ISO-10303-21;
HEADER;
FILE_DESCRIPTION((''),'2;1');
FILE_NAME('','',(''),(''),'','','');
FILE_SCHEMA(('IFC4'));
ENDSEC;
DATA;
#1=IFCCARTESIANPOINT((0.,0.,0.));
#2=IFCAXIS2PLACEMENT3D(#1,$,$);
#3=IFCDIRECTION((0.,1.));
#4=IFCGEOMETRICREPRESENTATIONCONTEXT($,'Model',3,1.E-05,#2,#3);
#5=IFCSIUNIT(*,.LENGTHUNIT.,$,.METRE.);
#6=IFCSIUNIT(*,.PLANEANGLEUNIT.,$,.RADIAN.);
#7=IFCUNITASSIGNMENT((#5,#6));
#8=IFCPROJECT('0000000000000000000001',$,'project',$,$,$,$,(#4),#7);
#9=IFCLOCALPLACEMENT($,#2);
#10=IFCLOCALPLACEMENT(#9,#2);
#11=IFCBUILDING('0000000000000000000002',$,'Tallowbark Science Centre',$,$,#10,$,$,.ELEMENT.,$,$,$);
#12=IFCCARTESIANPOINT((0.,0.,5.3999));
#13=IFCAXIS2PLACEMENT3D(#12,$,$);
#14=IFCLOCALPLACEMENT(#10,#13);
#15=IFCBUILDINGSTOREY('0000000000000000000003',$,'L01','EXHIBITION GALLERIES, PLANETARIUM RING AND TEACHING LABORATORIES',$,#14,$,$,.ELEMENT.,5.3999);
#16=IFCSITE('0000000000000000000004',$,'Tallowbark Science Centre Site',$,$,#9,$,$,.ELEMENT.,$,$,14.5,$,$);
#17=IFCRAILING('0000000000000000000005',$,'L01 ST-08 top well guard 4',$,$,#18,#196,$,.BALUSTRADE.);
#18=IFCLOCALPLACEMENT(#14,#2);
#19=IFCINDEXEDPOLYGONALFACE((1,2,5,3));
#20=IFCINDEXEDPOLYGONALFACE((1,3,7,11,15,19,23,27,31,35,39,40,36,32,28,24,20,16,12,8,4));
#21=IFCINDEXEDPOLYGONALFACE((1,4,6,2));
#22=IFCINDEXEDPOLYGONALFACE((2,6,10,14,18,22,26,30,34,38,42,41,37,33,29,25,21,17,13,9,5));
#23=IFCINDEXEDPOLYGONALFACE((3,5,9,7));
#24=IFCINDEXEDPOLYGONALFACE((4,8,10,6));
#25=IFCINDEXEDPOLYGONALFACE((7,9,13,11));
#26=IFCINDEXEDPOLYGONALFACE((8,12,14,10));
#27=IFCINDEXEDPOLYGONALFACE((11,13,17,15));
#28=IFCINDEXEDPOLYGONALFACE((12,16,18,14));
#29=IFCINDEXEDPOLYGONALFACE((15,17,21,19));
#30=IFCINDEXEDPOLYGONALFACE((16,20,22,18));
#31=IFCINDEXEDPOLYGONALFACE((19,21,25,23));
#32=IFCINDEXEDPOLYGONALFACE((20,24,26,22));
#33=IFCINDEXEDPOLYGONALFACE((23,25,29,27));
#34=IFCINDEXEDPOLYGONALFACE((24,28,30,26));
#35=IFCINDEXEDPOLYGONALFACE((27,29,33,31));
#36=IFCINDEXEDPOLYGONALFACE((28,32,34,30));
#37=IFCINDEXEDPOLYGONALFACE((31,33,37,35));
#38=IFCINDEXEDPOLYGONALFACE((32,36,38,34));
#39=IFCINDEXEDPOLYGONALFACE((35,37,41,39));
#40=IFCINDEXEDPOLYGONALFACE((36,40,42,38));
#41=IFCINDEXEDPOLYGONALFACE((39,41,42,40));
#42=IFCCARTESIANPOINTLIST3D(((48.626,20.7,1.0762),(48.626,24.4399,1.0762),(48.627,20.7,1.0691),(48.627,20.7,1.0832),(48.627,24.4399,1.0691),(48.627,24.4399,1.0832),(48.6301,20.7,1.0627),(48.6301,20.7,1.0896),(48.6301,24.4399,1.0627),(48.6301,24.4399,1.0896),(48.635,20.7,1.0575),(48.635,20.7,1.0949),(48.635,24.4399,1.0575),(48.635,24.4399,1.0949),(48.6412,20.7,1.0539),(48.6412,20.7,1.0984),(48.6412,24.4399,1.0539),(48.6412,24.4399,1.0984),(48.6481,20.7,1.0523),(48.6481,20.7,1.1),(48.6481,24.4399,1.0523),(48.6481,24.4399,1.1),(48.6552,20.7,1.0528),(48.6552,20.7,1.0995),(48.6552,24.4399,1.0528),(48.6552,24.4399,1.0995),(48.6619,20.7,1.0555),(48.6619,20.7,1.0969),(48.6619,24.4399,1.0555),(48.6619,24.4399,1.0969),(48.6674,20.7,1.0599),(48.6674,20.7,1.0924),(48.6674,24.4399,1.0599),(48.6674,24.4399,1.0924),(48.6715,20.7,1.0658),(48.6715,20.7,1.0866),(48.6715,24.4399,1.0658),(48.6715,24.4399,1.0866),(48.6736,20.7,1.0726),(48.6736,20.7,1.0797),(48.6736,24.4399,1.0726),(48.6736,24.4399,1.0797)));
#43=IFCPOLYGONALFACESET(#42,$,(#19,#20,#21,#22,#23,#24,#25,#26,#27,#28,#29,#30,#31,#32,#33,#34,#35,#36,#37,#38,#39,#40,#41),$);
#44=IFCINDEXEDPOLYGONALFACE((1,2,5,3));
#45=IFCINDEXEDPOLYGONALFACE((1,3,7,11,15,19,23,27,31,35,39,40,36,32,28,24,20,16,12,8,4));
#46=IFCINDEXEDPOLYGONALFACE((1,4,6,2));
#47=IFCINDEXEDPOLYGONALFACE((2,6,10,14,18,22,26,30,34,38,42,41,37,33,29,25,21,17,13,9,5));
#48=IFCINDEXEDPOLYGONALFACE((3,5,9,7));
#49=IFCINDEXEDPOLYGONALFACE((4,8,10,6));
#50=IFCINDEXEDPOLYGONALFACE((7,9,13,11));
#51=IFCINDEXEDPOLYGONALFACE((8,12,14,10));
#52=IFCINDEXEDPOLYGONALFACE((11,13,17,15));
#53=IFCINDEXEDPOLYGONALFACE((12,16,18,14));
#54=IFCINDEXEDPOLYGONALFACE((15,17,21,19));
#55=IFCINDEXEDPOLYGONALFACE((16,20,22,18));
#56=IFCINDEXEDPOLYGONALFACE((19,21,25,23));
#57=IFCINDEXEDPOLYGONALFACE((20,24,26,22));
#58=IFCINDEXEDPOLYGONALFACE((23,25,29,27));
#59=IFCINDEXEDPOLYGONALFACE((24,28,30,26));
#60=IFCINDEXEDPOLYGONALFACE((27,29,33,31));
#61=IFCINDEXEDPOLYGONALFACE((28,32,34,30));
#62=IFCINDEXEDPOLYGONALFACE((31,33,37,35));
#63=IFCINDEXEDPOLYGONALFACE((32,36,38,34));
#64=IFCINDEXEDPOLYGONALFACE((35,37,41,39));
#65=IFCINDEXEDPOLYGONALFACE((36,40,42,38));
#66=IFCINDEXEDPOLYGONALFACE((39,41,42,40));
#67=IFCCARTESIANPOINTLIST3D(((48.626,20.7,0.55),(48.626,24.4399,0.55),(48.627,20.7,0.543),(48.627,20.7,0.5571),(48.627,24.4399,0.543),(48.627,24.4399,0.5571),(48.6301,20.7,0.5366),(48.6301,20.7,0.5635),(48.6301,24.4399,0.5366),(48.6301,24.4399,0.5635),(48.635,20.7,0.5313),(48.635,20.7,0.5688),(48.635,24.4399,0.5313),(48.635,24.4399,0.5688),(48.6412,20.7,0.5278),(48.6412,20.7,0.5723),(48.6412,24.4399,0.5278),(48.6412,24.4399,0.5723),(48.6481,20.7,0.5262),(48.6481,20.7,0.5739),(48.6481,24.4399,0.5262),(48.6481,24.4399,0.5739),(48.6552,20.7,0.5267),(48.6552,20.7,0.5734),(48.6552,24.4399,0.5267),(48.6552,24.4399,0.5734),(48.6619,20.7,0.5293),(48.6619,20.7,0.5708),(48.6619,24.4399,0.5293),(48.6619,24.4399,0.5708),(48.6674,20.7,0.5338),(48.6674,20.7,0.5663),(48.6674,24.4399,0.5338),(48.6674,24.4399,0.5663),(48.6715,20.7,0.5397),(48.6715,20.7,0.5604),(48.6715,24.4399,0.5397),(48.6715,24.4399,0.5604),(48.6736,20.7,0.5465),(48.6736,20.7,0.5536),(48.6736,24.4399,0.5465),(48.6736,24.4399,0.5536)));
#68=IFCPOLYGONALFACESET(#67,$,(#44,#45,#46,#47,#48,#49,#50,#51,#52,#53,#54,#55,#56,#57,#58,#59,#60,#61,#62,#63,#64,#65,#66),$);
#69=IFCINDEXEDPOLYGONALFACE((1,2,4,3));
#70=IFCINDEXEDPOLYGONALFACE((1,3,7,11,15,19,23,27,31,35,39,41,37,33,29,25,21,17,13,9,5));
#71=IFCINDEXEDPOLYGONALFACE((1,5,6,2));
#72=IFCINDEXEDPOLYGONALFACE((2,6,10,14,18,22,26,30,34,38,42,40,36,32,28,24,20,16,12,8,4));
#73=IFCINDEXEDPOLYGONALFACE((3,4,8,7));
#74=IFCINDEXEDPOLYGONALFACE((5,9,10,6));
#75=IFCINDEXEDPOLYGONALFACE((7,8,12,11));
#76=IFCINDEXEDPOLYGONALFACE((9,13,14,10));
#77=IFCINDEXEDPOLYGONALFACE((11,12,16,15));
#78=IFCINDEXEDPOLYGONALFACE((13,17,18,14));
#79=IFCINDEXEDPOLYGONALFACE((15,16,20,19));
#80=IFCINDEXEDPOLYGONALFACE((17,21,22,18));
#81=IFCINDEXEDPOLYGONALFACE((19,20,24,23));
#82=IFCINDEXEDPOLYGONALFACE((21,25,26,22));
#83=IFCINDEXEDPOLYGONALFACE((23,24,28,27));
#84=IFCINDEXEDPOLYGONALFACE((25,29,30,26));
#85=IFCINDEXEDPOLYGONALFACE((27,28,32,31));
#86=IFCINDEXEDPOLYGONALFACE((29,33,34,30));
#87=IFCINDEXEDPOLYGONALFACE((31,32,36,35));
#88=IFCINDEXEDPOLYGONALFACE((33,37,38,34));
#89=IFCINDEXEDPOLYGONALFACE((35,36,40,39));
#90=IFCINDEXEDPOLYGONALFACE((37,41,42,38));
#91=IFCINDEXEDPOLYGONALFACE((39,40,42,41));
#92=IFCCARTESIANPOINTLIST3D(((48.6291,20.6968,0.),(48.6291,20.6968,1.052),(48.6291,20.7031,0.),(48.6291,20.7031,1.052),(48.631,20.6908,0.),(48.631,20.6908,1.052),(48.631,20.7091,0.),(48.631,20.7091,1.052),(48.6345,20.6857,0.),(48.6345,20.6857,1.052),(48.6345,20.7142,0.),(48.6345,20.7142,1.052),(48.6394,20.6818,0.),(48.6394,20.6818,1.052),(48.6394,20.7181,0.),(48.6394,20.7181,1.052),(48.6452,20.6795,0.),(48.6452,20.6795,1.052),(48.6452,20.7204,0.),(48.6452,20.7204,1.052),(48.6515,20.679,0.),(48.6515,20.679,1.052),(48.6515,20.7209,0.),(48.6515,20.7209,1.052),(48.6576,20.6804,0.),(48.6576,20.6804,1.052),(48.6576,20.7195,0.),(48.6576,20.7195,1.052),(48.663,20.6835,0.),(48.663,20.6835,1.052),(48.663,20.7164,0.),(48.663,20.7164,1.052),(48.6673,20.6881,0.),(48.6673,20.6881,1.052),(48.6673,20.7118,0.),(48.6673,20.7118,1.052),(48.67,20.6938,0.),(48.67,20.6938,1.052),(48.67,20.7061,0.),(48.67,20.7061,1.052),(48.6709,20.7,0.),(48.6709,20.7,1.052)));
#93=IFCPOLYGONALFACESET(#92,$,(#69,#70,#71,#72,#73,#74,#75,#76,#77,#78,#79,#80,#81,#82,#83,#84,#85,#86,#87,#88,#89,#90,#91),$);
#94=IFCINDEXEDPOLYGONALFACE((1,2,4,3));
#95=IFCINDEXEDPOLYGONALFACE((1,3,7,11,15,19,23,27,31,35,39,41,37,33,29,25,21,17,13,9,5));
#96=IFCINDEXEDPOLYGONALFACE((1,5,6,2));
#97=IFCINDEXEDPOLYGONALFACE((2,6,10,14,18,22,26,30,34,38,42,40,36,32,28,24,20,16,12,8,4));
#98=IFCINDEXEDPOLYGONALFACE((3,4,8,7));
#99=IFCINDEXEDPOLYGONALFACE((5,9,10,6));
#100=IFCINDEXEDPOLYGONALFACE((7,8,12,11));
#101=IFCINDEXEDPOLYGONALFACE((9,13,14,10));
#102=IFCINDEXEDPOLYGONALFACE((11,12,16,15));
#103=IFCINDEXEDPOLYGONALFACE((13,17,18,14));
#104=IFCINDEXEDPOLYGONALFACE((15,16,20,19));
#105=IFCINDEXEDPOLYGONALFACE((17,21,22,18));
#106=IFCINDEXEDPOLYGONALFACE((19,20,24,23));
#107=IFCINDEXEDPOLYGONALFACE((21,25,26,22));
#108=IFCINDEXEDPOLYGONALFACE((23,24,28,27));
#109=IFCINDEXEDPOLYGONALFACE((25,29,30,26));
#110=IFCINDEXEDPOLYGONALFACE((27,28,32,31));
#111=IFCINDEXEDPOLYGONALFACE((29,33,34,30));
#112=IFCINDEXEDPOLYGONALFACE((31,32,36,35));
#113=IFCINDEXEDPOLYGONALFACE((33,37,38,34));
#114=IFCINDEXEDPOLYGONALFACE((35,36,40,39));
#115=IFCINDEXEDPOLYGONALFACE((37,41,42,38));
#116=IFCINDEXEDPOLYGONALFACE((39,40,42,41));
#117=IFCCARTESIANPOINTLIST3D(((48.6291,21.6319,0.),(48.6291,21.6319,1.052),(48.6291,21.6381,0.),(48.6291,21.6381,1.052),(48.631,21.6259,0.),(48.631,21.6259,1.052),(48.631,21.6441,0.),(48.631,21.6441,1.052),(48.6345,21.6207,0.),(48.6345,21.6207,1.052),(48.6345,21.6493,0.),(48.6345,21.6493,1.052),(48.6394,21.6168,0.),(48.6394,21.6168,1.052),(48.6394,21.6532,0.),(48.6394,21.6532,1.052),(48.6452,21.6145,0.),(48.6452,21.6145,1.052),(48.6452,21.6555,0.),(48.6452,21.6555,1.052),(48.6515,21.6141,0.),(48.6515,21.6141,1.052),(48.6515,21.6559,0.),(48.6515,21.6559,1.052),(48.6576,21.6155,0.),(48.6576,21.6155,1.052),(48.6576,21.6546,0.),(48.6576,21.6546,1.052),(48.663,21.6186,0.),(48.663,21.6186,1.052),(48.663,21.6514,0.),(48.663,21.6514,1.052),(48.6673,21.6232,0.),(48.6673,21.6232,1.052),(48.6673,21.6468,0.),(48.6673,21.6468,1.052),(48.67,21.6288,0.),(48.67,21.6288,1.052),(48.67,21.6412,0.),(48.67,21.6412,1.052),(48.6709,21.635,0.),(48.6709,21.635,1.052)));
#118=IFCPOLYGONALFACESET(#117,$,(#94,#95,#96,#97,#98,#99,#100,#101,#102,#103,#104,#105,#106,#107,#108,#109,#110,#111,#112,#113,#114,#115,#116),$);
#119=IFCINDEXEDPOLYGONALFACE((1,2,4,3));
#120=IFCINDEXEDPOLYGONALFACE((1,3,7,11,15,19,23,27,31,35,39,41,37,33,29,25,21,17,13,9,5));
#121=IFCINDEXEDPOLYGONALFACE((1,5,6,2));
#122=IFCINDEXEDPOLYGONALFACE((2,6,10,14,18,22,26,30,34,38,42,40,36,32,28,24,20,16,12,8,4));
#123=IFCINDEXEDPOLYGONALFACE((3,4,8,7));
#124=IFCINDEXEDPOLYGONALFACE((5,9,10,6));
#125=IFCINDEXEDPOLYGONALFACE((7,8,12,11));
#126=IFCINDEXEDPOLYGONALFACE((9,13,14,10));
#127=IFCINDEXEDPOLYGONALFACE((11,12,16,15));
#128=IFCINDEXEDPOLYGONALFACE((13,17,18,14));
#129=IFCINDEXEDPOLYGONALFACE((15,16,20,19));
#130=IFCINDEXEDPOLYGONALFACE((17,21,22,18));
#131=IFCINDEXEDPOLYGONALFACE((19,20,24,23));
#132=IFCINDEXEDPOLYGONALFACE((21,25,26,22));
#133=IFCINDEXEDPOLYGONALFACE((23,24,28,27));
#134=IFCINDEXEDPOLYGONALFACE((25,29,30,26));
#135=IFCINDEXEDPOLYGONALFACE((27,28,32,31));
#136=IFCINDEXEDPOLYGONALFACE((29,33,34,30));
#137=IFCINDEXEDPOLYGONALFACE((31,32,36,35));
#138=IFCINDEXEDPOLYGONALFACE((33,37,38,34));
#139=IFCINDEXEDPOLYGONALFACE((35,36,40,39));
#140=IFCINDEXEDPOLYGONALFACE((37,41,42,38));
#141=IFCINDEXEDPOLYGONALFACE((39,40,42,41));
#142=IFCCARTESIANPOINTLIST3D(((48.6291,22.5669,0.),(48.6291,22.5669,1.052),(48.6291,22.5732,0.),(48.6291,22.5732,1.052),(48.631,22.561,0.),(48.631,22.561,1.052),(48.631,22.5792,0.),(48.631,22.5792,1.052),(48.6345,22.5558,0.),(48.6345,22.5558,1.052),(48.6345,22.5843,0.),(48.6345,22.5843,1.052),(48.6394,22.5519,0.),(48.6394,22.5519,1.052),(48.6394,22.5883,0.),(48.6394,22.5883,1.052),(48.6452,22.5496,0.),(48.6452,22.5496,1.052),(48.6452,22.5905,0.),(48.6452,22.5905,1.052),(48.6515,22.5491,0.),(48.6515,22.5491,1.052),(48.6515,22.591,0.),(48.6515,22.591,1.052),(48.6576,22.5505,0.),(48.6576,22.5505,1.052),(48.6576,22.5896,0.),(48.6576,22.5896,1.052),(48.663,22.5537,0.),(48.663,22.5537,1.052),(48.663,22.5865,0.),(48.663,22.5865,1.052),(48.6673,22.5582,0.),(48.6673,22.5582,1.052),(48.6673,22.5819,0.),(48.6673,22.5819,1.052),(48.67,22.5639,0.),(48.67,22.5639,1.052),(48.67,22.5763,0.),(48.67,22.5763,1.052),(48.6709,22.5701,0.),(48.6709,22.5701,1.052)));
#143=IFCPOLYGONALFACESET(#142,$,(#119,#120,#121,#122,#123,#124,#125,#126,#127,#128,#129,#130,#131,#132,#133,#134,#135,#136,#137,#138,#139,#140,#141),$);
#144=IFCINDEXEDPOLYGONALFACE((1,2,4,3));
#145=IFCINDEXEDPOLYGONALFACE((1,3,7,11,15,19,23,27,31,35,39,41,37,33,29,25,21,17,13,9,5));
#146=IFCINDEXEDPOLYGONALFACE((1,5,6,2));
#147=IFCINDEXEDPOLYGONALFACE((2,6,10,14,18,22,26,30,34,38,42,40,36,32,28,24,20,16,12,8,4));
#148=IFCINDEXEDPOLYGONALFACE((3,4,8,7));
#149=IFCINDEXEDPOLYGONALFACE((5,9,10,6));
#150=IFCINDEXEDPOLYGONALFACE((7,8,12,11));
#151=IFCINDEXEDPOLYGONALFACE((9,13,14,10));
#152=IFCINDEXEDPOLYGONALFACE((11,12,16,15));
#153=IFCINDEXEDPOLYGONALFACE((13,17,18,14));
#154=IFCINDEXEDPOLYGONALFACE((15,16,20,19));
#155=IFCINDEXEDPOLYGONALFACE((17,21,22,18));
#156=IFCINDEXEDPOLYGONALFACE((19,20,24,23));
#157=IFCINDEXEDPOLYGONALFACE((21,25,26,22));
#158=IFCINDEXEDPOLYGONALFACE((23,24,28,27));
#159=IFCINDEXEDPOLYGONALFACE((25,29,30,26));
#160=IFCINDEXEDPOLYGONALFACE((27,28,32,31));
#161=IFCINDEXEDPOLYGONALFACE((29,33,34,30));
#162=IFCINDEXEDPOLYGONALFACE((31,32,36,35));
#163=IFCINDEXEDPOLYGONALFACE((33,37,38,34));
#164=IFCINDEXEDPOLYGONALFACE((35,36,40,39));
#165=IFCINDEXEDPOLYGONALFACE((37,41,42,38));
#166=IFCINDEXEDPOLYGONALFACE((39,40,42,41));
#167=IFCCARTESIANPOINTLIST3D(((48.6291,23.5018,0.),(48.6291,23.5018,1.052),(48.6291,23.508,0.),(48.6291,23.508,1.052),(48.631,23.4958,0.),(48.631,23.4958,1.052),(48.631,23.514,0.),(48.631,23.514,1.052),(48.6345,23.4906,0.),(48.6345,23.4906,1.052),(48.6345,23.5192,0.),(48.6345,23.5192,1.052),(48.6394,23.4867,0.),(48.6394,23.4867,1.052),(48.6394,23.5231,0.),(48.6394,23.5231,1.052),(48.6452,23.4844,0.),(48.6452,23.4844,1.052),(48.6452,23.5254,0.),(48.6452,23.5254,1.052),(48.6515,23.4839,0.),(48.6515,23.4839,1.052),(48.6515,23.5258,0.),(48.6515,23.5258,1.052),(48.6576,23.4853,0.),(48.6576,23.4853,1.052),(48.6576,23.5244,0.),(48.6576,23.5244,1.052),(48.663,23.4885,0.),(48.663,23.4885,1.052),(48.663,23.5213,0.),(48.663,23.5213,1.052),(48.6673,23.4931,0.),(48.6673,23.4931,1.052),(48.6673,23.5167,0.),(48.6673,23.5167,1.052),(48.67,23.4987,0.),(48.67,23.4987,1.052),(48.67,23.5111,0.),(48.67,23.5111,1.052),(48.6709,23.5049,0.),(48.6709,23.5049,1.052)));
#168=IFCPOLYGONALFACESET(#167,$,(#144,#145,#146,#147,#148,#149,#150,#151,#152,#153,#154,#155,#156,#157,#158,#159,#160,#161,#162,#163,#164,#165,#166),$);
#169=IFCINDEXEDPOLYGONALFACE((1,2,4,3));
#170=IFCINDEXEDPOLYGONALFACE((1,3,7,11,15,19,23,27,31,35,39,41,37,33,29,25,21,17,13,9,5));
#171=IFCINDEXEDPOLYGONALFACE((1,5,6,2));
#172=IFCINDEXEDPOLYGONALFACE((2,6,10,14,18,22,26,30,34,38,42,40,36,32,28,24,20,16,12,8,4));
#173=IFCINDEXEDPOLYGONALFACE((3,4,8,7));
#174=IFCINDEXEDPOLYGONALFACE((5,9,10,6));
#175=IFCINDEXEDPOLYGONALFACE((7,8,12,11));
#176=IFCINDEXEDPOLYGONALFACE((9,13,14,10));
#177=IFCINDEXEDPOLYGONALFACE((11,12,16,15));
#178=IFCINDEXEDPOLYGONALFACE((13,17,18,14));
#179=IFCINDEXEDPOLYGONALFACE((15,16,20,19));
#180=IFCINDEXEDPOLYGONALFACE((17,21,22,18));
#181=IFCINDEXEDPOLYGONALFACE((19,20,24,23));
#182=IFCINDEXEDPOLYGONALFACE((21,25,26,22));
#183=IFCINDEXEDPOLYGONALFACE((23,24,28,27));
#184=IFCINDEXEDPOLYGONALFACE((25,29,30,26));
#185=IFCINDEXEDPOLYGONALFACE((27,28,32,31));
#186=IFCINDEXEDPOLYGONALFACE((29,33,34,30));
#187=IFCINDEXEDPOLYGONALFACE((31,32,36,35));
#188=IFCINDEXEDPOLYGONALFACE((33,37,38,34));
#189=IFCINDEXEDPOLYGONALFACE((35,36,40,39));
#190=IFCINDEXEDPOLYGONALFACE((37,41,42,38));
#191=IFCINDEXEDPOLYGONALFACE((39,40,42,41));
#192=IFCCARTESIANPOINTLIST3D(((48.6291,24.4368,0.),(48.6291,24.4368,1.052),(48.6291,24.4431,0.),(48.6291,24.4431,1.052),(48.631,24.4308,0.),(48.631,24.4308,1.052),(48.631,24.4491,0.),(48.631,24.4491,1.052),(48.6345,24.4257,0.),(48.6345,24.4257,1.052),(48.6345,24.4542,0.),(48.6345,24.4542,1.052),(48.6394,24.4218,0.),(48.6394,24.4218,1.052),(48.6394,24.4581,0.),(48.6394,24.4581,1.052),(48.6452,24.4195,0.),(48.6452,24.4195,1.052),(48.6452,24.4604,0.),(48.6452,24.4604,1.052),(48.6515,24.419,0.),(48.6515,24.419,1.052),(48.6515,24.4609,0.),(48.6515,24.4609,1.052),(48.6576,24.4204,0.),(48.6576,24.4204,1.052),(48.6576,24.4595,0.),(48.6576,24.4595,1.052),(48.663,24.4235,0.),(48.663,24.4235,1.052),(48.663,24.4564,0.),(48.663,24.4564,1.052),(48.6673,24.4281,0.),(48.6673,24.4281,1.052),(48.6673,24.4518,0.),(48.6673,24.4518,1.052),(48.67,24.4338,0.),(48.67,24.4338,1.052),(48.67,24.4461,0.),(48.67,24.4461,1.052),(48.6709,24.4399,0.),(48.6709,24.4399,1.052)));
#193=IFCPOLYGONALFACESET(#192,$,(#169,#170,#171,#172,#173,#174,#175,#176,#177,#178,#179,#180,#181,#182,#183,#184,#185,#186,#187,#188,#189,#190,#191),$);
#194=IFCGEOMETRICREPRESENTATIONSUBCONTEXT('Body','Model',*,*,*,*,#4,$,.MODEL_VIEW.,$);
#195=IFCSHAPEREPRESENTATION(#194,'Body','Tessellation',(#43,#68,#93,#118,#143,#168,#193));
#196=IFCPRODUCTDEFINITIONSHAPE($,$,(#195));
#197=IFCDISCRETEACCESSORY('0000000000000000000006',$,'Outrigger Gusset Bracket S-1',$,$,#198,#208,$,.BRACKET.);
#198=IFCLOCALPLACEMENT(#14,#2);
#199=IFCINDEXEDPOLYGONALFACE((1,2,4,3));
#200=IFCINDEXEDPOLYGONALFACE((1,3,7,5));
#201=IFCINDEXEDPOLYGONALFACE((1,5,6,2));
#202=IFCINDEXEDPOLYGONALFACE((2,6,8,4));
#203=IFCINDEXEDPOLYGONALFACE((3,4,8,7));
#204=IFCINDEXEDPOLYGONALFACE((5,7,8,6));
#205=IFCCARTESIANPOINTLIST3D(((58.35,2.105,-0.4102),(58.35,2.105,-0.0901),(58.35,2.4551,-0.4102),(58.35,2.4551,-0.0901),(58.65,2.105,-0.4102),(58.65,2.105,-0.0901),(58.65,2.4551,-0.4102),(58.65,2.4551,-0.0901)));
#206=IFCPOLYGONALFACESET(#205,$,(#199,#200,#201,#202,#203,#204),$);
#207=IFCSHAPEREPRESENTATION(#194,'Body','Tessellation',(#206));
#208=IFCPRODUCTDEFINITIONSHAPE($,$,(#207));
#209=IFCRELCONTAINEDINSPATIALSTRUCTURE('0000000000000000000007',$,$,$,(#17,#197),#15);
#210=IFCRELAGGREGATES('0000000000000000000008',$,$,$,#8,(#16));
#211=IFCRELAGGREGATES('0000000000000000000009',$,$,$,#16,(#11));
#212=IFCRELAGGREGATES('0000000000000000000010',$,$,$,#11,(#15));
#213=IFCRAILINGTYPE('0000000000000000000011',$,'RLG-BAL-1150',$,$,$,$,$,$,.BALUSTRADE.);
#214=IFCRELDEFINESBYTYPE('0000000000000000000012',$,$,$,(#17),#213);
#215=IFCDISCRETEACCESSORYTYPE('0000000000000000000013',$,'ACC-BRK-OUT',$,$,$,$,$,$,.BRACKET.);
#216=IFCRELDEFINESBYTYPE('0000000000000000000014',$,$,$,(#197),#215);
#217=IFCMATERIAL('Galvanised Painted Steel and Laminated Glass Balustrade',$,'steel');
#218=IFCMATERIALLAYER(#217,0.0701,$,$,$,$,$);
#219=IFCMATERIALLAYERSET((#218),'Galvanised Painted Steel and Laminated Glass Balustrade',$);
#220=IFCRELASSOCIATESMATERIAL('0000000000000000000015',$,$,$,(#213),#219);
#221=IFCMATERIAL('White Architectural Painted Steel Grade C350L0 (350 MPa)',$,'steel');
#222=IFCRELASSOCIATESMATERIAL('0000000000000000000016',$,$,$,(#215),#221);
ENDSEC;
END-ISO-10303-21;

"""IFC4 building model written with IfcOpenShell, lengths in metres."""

from ifc_helpers import new_model, si_unit, direction, frame, origin, origin_2d, place, context, subcontext, project, spatial, rectangle, circle, extrude, material, layer, layer_set, type_object, element, save


model = new_model("IFC4")

# Units and contexts
model_context = context("Model", 3, precision=1e-05, world=origin(), true_north=direction((0.0, 1.0)))
body_context = subcontext(model_context, "Body", "Model", "MODEL_VIEW")
ifc_project = project(units=[si_unit("LENGTHUNIT", "METRE"), si_unit("PLANEANGLEUNIT", "RADIAN")], contexts=[model_context])

# Site, building, storey
site_placement = place(None, origin())
site = spatial("IfcSite", under=ifc_project, at=site_placement, Name="Tallowbark Science Centre Site", CompositionType="ELEMENT", RefElevation=14.5)
building_placement = place(site_placement, origin())
building = spatial("IfcBuilding", under=site, at=building_placement, Name="Tallowbark Science Centre", CompositionType="ELEMENT")
storey_placement = place(building_placement, frame((0.0, 0.0, 5.3999)))
storey = spatial("IfcBuildingStorey", under=building, at=storey_placement, Name="L01", Description="EXHIBITION GALLERIES, PLANETARIUM RING AND TEACHING LABORATORIES", CompositionType="ELEMENT", Elevation=5.3999)

# Shared definitions
ifc_material_1 = material(Name="White Architectural Painted Steel Grade C350L0 (350 MPa)", Category="steel")

# Railing
ifc_material_2 = material(Name="Galvanised Painted Steel and Laminated Glass Balustrade", Category="steel")
ifc_layer_1 = layer(ifc_material_2, 0.0701)
ifc_layer_set_1 = layer_set([ifc_layer_1], Name="Galvanised Painted Steel and Laminated Glass Balustrade")
railing_type = type_object("IfcRailingType", Name="RLG-BAL-1150", PredefinedType="BALUSTRADE", material=ifc_layer_set_1)
railing_1_placement = place(storey_placement, frame((48.6499, 20.7, 0.0)))
element("IfcRailing", 1, at=railing_1_placement, inside=storey, type_object=railing_type, Name="L01 ST-08 top well guard 4", PredefinedType="BALUSTRADE", context=body_context, shape_type="SweptSolid", body=[
    extrude(circle(Radius=0.0239, at=origin_2d()), frame((0.0, 0.0, 1.0762), z_axis=(0.0, 1.0, 0.0), x_axis=(-1.0, 0.0, 0.0)), (0.0, 0.0, 1.0), 3.74),
    extrude(circle(Radius=0.0239, at=origin_2d()), frame((0.0, 0.0, 0.55), z_axis=(0.0, 1.0, 0.0), x_axis=(-1.0, 0.0, 0.0)), (0.0, 0.0, 1.0), 3.74),
    extrude(circle(Radius=0.021, at=origin_2d()), origin(), (0.0, 0.0, 1.0), 1.052),
    extrude(circle(Radius=0.021, at=origin_2d()), frame((0.0, 0.9351, 0.0)), (0.0, 0.0, 1.0), 1.052),
    extrude(circle(Radius=0.021, at=origin_2d()), frame((0.0, 1.8701, 0.0)), (0.0, 0.0, 1.0), 1.052),
    extrude(circle(Radius=0.021, at=origin_2d()), frame((0.0, 2.8049, 0.0)), (0.0, 0.0, 1.0), 1.052),
    extrude(circle(Radius=0.021, at=origin_2d()), frame((0.0, 3.74, 0.0)), (0.0, 0.0, 1.0), 1.052),
])

# Discrete accessory
discrete_accessory_type = type_object("IfcDiscreteAccessoryType", Name="ACC-BRK-OUT", PredefinedType="BRACKET", material=ifc_material_1)
discrete_accessory_1_placement = place(storey_placement, frame((58.5, 2.28, -0.4102), z_axis=(0.0, 0.0, 1.0), x_axis=(1.0, 0.0, 0.0)))
element("IfcDiscreteAccessory", 2, at=discrete_accessory_1_placement, inside=storey, type_object=discrete_accessory_type, Name="Outrigger Gusset Bracket S-1", PredefinedType="BRACKET", context=body_context, shape_type="SweptSolid", body=[
    extrude(rectangle(XDim=0.3, YDim=0.3501, at=origin_2d()), origin(), (0.0, 0.0, 1.0), 0.3201),
])

save(model, "model.ifc")
